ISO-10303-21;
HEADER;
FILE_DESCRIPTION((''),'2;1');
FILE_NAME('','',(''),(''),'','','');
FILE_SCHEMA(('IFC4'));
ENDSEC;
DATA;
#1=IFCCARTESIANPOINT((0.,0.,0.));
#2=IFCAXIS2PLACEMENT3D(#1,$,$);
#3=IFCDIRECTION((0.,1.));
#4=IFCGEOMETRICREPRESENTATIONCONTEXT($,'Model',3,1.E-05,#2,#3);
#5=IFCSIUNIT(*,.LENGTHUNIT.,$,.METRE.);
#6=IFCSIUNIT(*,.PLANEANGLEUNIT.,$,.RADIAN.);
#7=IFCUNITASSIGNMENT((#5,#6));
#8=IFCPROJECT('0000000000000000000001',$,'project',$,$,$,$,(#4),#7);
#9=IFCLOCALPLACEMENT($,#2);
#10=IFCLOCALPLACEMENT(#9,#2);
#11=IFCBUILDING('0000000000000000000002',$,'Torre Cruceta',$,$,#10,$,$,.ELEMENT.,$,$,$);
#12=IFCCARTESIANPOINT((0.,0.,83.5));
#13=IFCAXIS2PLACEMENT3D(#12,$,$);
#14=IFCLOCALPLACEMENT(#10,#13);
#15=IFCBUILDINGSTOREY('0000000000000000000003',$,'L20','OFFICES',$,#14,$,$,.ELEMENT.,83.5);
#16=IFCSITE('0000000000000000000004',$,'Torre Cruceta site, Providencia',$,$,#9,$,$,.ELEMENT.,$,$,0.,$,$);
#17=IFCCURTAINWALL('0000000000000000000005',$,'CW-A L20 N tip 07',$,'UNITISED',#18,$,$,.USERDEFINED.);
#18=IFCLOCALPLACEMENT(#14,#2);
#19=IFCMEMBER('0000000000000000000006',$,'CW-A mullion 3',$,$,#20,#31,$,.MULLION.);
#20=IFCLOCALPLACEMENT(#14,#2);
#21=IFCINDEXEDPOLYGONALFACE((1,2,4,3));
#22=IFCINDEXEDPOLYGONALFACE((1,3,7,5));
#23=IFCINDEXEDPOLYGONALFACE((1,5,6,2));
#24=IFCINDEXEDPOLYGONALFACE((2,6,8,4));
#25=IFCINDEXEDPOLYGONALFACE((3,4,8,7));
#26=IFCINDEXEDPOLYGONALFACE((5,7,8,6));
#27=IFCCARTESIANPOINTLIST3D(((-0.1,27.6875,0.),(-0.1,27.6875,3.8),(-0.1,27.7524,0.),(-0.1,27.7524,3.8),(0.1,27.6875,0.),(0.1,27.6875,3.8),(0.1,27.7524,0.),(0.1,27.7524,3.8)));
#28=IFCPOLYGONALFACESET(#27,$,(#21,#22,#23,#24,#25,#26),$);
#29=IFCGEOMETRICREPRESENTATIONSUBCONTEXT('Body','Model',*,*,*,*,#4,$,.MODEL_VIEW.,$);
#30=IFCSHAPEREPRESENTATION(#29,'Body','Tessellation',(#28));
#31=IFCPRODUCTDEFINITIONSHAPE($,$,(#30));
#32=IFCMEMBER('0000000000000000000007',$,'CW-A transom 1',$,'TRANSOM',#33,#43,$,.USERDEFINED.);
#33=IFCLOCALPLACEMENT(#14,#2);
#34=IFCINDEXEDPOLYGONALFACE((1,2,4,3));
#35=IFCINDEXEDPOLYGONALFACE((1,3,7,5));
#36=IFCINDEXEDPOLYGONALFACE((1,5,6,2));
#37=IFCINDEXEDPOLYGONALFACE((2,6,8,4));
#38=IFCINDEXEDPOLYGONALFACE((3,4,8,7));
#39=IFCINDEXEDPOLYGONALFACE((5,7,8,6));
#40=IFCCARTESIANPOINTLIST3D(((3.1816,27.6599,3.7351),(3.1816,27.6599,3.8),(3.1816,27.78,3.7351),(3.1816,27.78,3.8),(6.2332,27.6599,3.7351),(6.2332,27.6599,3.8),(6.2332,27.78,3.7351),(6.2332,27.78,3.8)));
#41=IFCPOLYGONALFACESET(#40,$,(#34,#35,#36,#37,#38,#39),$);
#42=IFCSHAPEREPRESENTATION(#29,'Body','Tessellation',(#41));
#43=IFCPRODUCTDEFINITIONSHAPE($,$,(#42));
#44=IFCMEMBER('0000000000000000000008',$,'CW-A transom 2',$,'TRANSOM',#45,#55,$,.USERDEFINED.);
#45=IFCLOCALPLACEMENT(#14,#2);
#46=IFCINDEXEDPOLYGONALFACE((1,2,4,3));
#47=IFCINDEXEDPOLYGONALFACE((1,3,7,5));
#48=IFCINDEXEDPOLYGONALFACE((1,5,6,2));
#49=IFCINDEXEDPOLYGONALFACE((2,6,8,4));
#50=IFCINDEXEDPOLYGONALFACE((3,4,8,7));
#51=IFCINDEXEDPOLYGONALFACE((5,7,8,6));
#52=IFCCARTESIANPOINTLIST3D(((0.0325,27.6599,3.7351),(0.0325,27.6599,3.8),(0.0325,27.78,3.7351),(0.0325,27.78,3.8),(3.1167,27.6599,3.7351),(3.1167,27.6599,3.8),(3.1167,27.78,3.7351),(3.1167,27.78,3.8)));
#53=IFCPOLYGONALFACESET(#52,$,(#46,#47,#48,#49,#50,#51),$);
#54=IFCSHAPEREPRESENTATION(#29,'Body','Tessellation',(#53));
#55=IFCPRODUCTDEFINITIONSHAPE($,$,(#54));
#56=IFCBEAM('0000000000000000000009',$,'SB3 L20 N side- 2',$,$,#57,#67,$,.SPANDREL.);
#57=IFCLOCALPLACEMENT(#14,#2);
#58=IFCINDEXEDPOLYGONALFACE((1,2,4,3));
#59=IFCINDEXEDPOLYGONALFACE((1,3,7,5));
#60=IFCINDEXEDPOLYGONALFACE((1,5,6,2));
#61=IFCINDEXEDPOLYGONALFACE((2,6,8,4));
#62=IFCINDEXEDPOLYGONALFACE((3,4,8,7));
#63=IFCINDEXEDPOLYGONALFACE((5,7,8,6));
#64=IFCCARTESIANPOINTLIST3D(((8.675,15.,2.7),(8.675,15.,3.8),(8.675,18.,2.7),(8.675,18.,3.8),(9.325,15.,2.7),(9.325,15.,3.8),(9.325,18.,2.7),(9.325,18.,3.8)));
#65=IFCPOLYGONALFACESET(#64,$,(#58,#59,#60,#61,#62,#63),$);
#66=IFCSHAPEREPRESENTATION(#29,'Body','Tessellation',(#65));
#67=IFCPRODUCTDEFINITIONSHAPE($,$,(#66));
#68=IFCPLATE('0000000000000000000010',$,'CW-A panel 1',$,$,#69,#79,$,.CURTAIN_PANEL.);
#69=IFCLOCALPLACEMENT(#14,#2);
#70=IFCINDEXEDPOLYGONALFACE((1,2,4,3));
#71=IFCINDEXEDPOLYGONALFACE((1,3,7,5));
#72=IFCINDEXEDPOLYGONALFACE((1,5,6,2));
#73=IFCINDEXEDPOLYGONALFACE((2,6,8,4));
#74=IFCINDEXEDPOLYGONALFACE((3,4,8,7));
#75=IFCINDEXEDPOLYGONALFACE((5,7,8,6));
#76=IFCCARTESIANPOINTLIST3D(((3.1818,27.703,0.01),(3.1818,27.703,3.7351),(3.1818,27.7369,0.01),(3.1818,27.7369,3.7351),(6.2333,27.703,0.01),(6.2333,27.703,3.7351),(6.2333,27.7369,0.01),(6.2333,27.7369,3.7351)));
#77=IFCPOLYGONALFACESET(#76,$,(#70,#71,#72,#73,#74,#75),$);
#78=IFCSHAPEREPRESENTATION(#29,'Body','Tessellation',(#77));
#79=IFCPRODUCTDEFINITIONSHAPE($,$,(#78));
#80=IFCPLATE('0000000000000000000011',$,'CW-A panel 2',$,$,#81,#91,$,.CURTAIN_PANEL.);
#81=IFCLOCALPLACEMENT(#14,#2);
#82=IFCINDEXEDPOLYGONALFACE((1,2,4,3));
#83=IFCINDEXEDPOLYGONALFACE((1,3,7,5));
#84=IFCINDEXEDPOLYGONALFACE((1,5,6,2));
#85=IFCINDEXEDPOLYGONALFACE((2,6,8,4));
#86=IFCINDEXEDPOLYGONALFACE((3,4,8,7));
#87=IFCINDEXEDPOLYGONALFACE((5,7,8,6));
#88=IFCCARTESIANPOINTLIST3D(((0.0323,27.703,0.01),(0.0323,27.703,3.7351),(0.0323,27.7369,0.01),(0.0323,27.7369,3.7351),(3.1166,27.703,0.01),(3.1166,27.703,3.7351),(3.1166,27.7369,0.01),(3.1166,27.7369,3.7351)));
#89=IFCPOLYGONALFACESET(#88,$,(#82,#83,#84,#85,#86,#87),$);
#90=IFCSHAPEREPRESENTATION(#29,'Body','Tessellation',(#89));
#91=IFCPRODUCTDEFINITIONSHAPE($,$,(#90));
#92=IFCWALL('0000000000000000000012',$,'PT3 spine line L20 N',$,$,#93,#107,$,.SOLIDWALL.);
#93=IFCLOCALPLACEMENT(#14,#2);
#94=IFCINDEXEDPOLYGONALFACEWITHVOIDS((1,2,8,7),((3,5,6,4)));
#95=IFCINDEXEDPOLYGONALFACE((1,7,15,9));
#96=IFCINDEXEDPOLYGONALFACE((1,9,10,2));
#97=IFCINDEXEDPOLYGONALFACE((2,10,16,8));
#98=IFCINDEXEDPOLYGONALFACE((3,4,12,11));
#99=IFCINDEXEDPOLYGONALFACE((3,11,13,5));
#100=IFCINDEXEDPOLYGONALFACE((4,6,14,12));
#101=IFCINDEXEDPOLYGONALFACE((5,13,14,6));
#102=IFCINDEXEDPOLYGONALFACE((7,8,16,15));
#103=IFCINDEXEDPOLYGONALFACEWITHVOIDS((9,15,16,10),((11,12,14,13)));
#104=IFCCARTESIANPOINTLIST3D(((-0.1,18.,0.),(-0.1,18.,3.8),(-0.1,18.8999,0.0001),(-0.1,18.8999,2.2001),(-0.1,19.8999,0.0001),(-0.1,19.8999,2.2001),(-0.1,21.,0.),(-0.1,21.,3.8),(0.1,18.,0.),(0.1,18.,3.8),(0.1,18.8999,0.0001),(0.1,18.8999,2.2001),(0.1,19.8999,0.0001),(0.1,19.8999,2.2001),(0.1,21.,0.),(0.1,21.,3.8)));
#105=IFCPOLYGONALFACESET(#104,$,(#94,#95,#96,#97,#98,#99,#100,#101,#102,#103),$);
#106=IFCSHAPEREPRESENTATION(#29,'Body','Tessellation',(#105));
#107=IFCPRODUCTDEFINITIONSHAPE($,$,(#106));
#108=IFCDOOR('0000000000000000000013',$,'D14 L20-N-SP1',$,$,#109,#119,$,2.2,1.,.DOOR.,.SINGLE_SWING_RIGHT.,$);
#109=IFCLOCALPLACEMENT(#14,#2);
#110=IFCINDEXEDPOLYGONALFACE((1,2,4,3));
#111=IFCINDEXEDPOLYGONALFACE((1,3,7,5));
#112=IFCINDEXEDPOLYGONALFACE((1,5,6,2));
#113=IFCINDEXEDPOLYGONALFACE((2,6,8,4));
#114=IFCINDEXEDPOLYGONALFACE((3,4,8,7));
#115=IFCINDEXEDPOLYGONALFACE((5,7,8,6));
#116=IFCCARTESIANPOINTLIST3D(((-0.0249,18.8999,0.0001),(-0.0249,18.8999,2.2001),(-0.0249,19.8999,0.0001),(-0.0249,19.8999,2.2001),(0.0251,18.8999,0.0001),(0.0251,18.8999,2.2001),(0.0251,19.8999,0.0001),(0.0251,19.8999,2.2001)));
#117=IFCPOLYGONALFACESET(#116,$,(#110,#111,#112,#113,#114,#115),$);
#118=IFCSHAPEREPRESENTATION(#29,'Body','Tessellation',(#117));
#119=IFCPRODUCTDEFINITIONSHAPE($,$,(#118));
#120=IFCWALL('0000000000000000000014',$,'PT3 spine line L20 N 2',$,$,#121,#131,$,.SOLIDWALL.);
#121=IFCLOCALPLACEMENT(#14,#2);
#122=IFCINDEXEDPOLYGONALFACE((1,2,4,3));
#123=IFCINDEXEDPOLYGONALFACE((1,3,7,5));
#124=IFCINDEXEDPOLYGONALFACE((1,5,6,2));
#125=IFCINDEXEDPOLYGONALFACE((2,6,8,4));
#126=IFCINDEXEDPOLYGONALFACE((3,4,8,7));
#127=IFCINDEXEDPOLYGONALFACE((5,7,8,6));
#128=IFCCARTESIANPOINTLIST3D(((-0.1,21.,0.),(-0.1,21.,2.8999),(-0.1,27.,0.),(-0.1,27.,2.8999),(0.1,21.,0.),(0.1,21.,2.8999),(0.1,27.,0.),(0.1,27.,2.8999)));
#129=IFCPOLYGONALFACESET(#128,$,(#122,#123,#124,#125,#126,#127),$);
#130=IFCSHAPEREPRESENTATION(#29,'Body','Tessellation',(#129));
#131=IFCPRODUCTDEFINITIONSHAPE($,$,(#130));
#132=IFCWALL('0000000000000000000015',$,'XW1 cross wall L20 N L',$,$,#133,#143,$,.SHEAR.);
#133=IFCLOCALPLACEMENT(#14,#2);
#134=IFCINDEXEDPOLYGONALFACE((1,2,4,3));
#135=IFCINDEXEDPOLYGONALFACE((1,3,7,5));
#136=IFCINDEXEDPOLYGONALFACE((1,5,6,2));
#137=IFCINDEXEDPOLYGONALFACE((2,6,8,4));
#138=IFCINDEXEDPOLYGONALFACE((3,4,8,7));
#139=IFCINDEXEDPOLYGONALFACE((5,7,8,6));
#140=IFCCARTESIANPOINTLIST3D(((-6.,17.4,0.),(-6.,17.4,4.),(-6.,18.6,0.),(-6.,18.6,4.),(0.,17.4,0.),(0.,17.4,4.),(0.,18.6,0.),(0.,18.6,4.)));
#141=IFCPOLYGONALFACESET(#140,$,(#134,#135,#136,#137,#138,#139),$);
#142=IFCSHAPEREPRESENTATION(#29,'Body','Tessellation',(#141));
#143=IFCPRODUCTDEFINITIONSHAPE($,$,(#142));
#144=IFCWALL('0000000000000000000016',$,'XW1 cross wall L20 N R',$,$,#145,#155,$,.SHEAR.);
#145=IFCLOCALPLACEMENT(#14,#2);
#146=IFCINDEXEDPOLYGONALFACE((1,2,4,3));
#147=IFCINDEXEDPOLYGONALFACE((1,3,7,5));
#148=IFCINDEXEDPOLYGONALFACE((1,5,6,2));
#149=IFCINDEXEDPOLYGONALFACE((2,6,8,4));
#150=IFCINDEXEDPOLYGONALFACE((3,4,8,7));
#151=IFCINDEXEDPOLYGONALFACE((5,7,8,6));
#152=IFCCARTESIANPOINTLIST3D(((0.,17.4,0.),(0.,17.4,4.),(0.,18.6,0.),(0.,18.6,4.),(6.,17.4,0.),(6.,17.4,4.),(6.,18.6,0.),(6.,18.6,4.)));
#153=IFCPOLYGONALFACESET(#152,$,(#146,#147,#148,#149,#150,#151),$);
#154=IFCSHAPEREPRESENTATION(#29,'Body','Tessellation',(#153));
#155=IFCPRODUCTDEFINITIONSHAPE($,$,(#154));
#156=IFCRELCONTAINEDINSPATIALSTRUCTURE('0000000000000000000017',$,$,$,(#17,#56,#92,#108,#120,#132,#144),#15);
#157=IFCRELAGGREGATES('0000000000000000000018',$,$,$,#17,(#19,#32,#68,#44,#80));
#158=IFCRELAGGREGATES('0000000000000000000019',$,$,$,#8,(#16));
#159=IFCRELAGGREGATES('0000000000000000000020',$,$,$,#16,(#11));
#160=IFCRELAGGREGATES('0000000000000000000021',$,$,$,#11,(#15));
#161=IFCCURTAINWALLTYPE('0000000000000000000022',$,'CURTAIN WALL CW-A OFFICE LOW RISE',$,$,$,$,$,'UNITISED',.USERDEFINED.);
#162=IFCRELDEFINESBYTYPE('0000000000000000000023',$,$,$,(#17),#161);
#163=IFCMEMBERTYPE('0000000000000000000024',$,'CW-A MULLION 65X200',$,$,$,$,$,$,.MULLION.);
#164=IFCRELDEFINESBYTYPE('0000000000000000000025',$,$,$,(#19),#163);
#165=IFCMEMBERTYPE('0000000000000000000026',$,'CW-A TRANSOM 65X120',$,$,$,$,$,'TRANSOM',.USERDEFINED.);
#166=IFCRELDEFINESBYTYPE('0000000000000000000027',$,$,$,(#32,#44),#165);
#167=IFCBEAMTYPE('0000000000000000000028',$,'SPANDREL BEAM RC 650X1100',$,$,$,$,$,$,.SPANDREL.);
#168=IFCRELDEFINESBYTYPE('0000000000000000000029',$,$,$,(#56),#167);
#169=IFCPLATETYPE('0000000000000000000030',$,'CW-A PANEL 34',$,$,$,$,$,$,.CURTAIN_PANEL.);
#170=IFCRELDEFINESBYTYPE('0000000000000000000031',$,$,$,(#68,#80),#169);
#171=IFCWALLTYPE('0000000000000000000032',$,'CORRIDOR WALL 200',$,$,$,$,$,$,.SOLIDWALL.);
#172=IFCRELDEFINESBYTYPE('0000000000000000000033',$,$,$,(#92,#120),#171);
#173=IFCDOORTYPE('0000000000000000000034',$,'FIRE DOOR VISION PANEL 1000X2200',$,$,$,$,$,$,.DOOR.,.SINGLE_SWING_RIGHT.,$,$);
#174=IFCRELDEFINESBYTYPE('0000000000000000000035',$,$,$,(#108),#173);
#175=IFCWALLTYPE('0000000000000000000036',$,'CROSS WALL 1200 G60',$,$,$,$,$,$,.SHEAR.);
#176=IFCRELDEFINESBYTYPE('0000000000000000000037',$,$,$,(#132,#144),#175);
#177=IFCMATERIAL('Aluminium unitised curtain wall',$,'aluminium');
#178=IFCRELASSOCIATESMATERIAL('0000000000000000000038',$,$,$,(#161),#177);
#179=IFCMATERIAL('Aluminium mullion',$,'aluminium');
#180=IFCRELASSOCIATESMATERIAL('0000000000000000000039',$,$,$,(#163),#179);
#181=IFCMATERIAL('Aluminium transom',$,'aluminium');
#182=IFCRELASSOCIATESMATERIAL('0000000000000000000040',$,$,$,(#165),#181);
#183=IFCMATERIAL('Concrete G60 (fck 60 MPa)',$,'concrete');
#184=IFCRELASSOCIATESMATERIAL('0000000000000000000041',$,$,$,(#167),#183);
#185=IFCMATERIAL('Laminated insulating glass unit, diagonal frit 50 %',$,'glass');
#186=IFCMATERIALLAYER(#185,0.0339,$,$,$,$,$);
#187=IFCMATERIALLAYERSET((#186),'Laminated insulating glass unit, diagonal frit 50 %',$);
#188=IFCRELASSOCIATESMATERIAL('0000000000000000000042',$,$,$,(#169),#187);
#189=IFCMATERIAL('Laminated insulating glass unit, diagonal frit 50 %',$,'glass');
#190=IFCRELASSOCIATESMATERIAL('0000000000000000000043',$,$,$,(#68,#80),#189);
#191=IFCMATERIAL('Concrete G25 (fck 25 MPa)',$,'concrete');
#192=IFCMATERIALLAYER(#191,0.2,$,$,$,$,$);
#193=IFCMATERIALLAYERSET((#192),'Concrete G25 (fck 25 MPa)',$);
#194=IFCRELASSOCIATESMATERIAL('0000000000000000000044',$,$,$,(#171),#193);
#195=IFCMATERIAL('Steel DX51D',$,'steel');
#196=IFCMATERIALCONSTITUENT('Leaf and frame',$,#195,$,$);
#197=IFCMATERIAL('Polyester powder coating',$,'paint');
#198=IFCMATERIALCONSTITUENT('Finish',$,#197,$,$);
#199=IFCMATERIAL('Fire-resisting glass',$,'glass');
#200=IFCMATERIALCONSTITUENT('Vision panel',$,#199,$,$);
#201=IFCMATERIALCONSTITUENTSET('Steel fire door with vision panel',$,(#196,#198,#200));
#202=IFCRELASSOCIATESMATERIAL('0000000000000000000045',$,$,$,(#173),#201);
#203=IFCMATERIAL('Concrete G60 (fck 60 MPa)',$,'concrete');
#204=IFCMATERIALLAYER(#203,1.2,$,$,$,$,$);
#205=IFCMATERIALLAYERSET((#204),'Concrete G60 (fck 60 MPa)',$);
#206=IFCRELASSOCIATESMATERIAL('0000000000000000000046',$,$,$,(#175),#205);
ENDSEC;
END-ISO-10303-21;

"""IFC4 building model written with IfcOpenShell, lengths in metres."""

from ifc_helpers import new_model, si_unit, direction, frame, frame_2d, origin, origin_2d, place, context, subcontext, project, spatial, rectangle, extrude, material, layer, layer_set, constituent, constituent_set, material_profile, profile_set, type_object, element, fill, aggregate, save


model = new_model("IFC4")

# Units and contexts
model_context = context("Model", 3, precision=1e-05, world=origin(), true_north=direction((0.0, 1.0)))
body_context = subcontext(model_context, "Body", "Model", "MODEL_VIEW")
ifc_project = project(units=[si_unit("LENGTHUNIT", "METRE"), si_unit("PLANEANGLEUNIT", "RADIAN")], contexts=[model_context])

# Site, building, storey
site_placement = place(None, origin())
site = spatial("IfcSite", under=ifc_project, at=site_placement, Name="Torre Cruceta site, Providencia", CompositionType="ELEMENT", RefElevation=0.0)
building_placement = place(site_placement, origin())
building = spatial("IfcBuilding", under=site, at=building_placement, Name="Torre Cruceta", CompositionType="ELEMENT")
storey_placement = place(building_placement, frame((0.0, 0.0, 83.5)))
storey = spatial("IfcBuildingStorey", under=building, at=storey_placement, Name="L20", Description="OFFICES", CompositionType="ELEMENT", Elevation=83.5)

# Curtain wall, members
ifc_material_1 = material(Name="Aluminium unitised curtain wall", Category="aluminium")
curtain_wall_type = type_object("IfcCurtainWallType", Name="CURTAIN WALL CW-A OFFICE LOW RISE", ElementType="UNITISED", PredefinedType="USERDEFINED", material=ifc_material_1)
curtain_wall_placement = place(storey_placement, origin())
curtain_wall = element("IfcCurtainWall", 1, at=curtain_wall_placement, inside=storey, type_object=curtain_wall_type, Name="CW-A L20 N tip 07", ObjectType="UNITISED", PredefinedType="USERDEFINED")
ifc_material_2 = material(Name="Aluminium mullion", Category="aluminium")
ifc_material_profile_1 = material_profile(ifc_material_2, rectangle(XDim=0.0649, YDim=0.2, at=origin_2d()), Name="AL 65X200")
ifc_profile_set_1 = profile_set([ifc_material_profile_1], Name="Aluminium mullion")
member_type_1 = type_object("IfcMemberType", Name="CW-A MULLION 65X200", PredefinedType="MULLION", material=ifc_profile_set_1)
member_1_placement = place(storey_placement, frame((0.0, 27.72, 0.0), z_axis=(0.0, 0.0, 1.0), x_axis=(0.0, -1.0, 0.0)))
member_1 = element("IfcMember", 2, at=member_1_placement, type_object=member_type_1, Name="CW-A mullion 3", PredefinedType="MULLION", context=body_context, shape_type="SweptSolid", body=[
    extrude(rectangle(XDim=0.0649, YDim=0.2, at=origin_2d()), origin(), (0.0, 0.0, 1.0), 3.8),
])
ifc_material_3 = material(Name="Aluminium transom", Category="aluminium")
ifc_material_profile_2 = material_profile(ifc_material_3, rectangle(XDim=0.1201, YDim=0.0649, at=origin_2d()), Name="AL 120X65")
ifc_profile_set_2 = profile_set([ifc_material_profile_2], Name="Aluminium transom")
member_type_2 = type_object("IfcMemberType", Name="CW-A TRANSOM 65X120", ElementType="TRANSOM", PredefinedType="USERDEFINED", material=ifc_profile_set_2)
member_2_placement = place(storey_placement, frame((6.2332, 27.72, 3.7676), z_axis=(-1.0, 0.0, 0.0), x_axis=(0.0, -1.0, 0.0)))
member_2 = element("IfcMember", 3, at=member_2_placement, type_object=member_type_2, Name="CW-A transom 1", ObjectType="TRANSOM", PredefinedType="USERDEFINED", context=body_context, shape_type="SweptSolid", body=[
    extrude(rectangle(XDim=0.1201, YDim=0.0649, at=origin_2d()), origin(), (0.0, 0.0, 1.0), 3.0515),
])
member_3_placement = place(storey_placement, frame((3.1167, 27.72, 3.7676), z_axis=(-1.0, 0.0, 0.0), x_axis=(0.0, -1.0, 0.0)))
member_3 = element("IfcMember", 4, at=member_3_placement, type_object=member_type_2, Name="CW-A transom 2", ObjectType="TRANSOM", PredefinedType="USERDEFINED", context=body_context, shape_type="SweptSolid", body=[
    extrude(rectangle(XDim=0.1201, YDim=0.0649, at=origin_2d()), origin(), (0.0, 0.0, 1.0), 3.0842),
])

# Beam
ifc_material_4 = material(Name="Concrete G60 (fck 60 MPa)", Category="concrete")
ifc_material_profile_3 = material_profile(ifc_material_4, rectangle(XDim=0.6499, YDim=1.1001, at=origin_2d()), Name="RC 650X1100")
ifc_profile_set_3 = profile_set([ifc_material_profile_3], Name="Concrete G60 (fck 60 MPa)")
beam_type_1 = type_object("IfcBeamType", Name="SPANDREL BEAM RC 650X1100", PredefinedType="SPANDREL", material=ifc_profile_set_3)
beam_placement = place(storey_placement, frame((9.0, 15.0, 3.25), z_axis=(0.0, 1.0, 0.0), x_axis=(-1.0, 0.0, 0.0)))
element("IfcBeam", 5, at=beam_placement, inside=storey, type_object=beam_type_1, Name="SB3 L20 N side- 2", PredefinedType="SPANDREL", context=body_context, shape_type="SweptSolid", body=[
    extrude(rectangle(XDim=0.6499, YDim=1.1001, at=origin_2d()), origin(), (0.0, 0.0, 1.0), 3.0),
])

# Plates
ifc_material_5 = material(Name="Laminated insulating glass unit, diagonal frit 50 %", Category="glass")
ifc_material_6 = material(Name="Laminated insulating glass unit, diagonal frit 50 %", Category="glass")
ifc_layer_1 = layer(ifc_material_6, 0.0339)
ifc_layer_set_1 = layer_set([ifc_layer_1], Name="Laminated insulating glass unit, diagonal frit 50 %")
plate_type = type_object("IfcPlateType", Name="CW-A PANEL 34", PredefinedType="CURTAIN_PANEL", material=ifc_layer_set_1)
plate_1_placement = place(storey_placement, frame((4.7075, 27.72, 0.01), z_axis=(0.0, 0.0, 1.0), x_axis=(-1.0, 0.0, 0.0)))
plate_1 = element("IfcPlate", 6, at=plate_1_placement, type_object=plate_type, material=ifc_material_5, Name="CW-A panel 1", PredefinedType="CURTAIN_PANEL", context=body_context, shape_type="SweptSolid", body=[
    extrude(rectangle(XDim=3.0515, YDim=0.0339, at=origin_2d()), origin(), (0.0, 0.0, 1.0), 3.7251),
])
plate_2_placement = place(storey_placement, frame((1.5745, 27.72, 0.01), z_axis=(0.0, 0.0, 1.0), x_axis=(-1.0, 0.0, 0.0)))
plate_2 = element("IfcPlate", 7, at=plate_2_placement, type_object=plate_type, material=ifc_material_5, Name="CW-A panel 2", PredefinedType="CURTAIN_PANEL", context=body_context, shape_type="SweptSolid", body=[
    extrude(rectangle(XDim=3.0842, YDim=0.0339, at=origin_2d()), origin(), (0.0, 0.0, 1.0), 3.7251),
])
aggregate(curtain_wall, [member_1, member_2, plate_1, member_3, plate_2])

# Wall, opening, door
ifc_material_7 = material(Name="Concrete G25 (fck 25 MPa)", Category="concrete")
ifc_layer_2 = layer(ifc_material_7, 0.2)
ifc_layer_set_2 = layer_set([ifc_layer_2], Name="Concrete G25 (fck 25 MPa)")
wall_type_1 = type_object("IfcWallType", Name="CORRIDOR WALL 200", PredefinedType="SOLIDWALL", material=ifc_layer_set_2)
wall_1_placement = place(storey_placement, frame((0.0, 18.0, 0.0), z_axis=(0.0, 0.0, 1.0), x_axis=(0.0, 1.0, 0.0)))
wall_1 = element("IfcWall", 8, at=wall_1_placement, inside=storey, type_object=wall_type_1, Name="PT3 spine line L20 N", PredefinedType="SOLIDWALL", context=body_context, shape_type="SweptSolid", body=[
    extrude(rectangle(XDim=3.0, YDim=0.2, at=frame_2d((1.5, 0.0))), origin(), (0.0, 0.0, 1.0), 3.8),
])
opening_1_placement = place(wall_1_placement, frame((0.8999, 0.0, 0.0)))
opening_1 = element("IfcOpeningElement", 9, at=opening_1_placement, cuts=wall_1, PredefinedType="OPENING", context=body_context, shape_type="SweptSolid", body=[
    extrude(rectangle(XDim=1.0, YDim=2.2, at=frame_2d((0.5, 1.1001))), frame((0.0, 0.1099, 0.0), z_axis=(0.0, -1.0, 0.0), x_axis=(1.0, 0.0, 0.0)), (0.0, 0.0, 1.0), 0.22),
])
ifc_material_8 = material(Name="Steel DX51D", Category="steel")
ifc_constituent_1 = constituent(ifc_material_8, Name="Leaf and frame")
ifc_material_9 = material(Name="Polyester powder coating", Category="paint")
ifc_constituent_2 = constituent(ifc_material_9, Name="Finish")
ifc_material_10 = material(Name="Fire-resisting glass", Category="glass")
ifc_constituent_3 = constituent(ifc_material_10, Name="Vision panel")
ifc_constituent_set_1 = constituent_set(constituents=[ifc_constituent_1, ifc_constituent_2, ifc_constituent_3], Name="Steel fire door with vision panel")
door_type_1 = type_object("IfcDoorType", Name="FIRE DOOR VISION PANEL 1000X2200", OperationType="SINGLE_SWING_RIGHT", PredefinedType="DOOR", material=ifc_constituent_set_1)
door_1_placement = place(opening_1_placement, frame((1.0, 0.0, 0.0), z_axis=(0.0, 0.0, 1.0), x_axis=(-1.0, 0.0, 0.0)))
door_1 = element("IfcDoor", 10, at=door_1_placement, inside=storey, type_object=door_type_1, Name="D14 L20-N-SP1", OperationType="SINGLE_SWING_RIGHT", OverallHeight=2.2, OverallWidth=1.0, PredefinedType="DOOR", context=body_context, shape_type="SweptSolid", body=[
    extrude(rectangle(XDim=1.0, YDim=2.2, at=frame_2d((0.5, 1.1001))), frame((0.0, 0.0251, 0.0), z_axis=(0.0, -1.0, 0.0), x_axis=(1.0, 0.0, 0.0)), (0.0, 0.0, 1.0), 0.05),
])
fill(opening_1, door_1)

# Walls
wall_2_placement = place(storey_placement, frame((0.0, 21.0, 0.0), z_axis=(0.0, 0.0, 1.0), x_axis=(0.0, 1.0, 0.0)))
element("IfcWall", 11, at=wall_2_placement, inside=storey, type_object=wall_type_1, Name="PT3 spine line L20 N 2", PredefinedType="SOLIDWALL", context=body_context, shape_type="SweptSolid", body=[
    extrude(rectangle(XDim=6.0, YDim=0.2, at=frame_2d((3.0, 0.0))), origin(), (0.0, 0.0, 1.0), 2.8999),
])
ifc_material_11 = material(Name="Concrete G60 (fck 60 MPa)", Category="concrete")
ifc_layer_3 = layer(ifc_material_11, 1.2)
ifc_layer_set_3 = layer_set([ifc_layer_3], Name="Concrete G60 (fck 60 MPa)")
wall_type_2 = type_object("IfcWallType", Name="CROSS WALL 1200 G60", PredefinedType="SHEAR", material=ifc_layer_set_3)
for number, where, z_axis, x_axis, name in (
    (12, (0.0, 18.0, 0.0), (0.0, 0.0, 1.0), (-1.0, 0.0, 0.0), "XW1 cross wall L20 N L"),
    (13, (0.0, 18.0, 0.0), (0.0, 0.0, 1.0), (1.0, 0.0, 0.0), "XW1 cross wall L20 N R"),
):
    element("IfcWall", number, at=place(storey_placement, frame(where, z_axis=z_axis, x_axis=x_axis)), inside=storey, type_object=wall_type_2, Name=name, PredefinedType="SHEAR", context=body_context, shape_type="SweptSolid", body=[
        extrude(rectangle(XDim=6.0, YDim=1.2, at=frame_2d((3.0, 0.0))), origin(), (0.0, 0.0, 1.0), 4.0),
    ])

save(model, "model.ifc")
